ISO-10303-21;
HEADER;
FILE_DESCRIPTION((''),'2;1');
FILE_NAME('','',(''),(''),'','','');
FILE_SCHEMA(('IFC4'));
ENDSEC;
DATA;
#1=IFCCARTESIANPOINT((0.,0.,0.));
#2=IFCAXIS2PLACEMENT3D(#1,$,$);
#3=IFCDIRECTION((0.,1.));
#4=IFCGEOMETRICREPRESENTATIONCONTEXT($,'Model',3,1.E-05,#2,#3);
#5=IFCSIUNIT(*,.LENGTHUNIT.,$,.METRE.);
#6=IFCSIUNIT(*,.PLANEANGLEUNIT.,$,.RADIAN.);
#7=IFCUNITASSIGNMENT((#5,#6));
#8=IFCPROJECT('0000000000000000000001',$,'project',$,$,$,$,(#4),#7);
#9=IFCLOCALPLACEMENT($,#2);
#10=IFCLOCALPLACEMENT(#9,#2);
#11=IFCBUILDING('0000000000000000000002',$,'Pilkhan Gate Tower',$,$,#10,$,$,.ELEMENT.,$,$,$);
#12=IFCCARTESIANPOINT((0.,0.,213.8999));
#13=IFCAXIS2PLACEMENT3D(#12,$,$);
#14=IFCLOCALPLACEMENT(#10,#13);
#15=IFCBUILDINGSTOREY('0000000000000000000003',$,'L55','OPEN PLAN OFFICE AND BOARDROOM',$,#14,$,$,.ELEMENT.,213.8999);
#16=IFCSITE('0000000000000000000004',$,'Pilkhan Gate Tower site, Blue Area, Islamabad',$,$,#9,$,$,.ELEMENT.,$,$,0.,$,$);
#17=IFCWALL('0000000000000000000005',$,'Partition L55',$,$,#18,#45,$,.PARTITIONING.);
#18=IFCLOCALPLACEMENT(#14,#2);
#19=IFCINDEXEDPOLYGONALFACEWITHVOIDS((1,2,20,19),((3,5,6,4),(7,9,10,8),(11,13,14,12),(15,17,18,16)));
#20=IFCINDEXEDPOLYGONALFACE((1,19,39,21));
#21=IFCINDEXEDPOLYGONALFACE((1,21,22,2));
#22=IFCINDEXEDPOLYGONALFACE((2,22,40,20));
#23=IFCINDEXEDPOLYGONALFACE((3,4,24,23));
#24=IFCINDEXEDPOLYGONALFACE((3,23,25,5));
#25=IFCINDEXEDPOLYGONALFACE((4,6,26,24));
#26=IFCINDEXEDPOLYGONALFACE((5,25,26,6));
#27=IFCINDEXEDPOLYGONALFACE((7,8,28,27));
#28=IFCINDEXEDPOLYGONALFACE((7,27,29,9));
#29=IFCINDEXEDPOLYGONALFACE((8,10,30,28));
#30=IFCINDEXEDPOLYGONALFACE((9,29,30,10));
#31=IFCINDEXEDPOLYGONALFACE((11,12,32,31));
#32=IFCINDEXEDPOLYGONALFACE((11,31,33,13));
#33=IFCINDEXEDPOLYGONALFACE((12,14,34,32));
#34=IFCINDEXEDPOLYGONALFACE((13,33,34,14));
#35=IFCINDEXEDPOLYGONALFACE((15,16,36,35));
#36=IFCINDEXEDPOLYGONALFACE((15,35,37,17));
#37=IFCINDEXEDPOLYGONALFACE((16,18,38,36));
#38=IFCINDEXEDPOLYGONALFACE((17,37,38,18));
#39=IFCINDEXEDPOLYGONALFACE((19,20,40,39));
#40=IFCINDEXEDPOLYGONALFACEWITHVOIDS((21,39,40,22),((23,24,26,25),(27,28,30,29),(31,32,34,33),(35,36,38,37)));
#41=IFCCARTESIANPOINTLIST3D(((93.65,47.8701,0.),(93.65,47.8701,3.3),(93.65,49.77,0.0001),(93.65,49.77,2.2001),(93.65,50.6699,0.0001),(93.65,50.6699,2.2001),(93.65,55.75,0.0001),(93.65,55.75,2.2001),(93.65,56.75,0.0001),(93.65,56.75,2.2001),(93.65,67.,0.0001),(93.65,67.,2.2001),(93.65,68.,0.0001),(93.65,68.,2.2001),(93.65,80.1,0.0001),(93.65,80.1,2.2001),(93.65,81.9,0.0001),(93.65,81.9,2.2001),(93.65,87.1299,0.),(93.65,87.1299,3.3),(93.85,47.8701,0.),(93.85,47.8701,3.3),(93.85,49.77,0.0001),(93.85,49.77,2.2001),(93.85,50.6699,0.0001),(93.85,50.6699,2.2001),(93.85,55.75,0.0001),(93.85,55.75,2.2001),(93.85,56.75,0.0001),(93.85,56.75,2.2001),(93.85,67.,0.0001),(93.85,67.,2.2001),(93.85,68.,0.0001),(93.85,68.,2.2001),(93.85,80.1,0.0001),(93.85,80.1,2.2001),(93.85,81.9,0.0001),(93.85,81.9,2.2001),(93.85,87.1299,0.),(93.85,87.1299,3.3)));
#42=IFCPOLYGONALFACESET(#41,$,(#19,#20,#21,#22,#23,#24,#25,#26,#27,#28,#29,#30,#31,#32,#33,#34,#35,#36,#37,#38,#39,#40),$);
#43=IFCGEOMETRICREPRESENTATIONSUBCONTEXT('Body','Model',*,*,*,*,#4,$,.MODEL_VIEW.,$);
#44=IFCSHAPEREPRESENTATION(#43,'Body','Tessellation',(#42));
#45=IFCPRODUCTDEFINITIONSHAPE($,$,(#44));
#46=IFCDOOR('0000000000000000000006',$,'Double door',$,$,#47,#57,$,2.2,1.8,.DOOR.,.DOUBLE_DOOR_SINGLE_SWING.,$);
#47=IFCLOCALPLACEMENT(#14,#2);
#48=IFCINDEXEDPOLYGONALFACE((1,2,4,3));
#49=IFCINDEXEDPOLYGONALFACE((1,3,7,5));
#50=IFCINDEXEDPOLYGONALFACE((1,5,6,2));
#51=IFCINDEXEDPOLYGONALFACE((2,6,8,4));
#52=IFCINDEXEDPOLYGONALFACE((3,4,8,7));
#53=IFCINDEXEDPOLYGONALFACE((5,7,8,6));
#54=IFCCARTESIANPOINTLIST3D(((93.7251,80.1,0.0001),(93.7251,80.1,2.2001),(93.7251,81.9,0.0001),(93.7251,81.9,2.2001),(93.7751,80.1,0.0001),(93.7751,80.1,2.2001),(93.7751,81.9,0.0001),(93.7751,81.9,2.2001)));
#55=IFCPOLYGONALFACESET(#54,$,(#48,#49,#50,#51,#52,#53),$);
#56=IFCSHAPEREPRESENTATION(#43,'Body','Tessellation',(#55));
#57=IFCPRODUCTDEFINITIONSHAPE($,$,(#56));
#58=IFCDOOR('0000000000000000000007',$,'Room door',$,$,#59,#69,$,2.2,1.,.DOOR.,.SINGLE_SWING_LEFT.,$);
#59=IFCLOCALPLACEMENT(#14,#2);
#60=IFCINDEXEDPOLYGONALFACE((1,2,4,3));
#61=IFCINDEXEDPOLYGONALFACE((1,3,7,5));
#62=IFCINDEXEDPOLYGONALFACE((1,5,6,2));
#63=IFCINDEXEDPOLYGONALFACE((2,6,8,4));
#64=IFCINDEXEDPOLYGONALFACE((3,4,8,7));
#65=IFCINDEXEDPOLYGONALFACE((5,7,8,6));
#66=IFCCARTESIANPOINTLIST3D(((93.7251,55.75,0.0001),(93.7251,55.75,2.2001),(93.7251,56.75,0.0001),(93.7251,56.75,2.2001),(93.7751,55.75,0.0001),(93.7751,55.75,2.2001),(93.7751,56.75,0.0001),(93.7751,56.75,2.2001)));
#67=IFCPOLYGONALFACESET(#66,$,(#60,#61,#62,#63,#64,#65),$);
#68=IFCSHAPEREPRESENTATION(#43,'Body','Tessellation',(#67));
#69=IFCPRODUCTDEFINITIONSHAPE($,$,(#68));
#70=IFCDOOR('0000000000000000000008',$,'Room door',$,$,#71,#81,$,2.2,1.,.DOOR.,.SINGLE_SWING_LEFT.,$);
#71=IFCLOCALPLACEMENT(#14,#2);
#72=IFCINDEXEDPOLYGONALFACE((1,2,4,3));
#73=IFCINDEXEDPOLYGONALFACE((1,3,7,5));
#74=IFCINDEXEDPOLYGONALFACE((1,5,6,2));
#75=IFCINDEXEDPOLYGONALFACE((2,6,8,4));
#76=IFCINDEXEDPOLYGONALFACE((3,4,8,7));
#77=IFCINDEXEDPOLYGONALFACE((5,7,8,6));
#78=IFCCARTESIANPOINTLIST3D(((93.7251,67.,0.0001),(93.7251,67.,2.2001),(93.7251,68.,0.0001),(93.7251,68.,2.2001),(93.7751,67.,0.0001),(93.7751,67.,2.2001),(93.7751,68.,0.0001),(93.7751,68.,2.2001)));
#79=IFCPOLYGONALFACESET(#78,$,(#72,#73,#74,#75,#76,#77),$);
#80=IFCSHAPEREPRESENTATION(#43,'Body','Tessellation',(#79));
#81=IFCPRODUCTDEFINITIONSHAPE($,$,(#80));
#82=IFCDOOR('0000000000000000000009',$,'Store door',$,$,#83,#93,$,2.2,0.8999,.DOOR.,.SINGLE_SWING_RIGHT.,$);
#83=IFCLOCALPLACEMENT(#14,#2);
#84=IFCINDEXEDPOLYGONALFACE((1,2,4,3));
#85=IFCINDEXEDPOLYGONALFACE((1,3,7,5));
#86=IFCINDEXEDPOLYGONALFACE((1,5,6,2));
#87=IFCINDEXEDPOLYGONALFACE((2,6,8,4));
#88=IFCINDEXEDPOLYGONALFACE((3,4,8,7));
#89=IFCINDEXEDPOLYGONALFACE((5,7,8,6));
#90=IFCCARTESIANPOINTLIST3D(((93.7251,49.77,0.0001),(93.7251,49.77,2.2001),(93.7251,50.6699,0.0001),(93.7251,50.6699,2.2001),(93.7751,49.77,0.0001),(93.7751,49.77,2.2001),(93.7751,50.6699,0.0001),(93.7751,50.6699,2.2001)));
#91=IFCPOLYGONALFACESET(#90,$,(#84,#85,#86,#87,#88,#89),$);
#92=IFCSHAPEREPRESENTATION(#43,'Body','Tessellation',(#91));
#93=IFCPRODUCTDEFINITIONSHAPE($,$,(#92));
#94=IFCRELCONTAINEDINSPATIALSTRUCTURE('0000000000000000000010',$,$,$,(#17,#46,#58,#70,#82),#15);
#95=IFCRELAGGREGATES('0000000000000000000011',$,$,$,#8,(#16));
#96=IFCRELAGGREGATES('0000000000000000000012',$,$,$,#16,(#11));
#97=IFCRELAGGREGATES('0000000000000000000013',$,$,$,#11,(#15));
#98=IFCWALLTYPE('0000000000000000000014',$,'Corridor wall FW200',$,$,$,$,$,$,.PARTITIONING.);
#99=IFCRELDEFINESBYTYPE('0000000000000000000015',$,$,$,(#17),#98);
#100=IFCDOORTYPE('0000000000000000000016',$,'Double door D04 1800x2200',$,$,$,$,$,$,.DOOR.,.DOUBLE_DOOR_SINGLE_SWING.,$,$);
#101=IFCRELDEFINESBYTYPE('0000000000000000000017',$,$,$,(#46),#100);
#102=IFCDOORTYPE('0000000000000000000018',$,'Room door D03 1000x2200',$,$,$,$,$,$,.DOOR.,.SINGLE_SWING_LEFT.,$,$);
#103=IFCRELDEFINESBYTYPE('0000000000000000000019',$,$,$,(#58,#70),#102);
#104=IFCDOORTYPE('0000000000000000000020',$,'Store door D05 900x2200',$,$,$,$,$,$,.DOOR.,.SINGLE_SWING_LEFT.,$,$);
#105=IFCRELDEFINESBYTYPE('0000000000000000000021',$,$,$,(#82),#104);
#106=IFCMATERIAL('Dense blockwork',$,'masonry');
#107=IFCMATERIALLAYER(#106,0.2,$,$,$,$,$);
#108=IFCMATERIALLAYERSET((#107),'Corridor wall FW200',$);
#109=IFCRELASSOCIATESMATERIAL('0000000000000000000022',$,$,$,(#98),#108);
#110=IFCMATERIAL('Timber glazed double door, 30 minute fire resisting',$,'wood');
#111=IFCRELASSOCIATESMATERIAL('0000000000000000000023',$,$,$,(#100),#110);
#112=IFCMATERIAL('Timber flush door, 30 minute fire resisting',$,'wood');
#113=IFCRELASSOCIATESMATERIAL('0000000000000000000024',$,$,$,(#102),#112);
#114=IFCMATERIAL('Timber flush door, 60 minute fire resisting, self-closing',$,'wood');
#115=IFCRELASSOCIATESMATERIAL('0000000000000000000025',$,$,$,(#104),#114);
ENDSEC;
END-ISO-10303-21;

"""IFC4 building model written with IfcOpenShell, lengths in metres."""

from ifc_helpers import new_model, si_unit, direction, frame, frame_2d, origin, place, context, subcontext, project, spatial, rectangle, extrude, material, layer, layer_set, type_object, element, fill, save


model = new_model("IFC4")

# Units and contexts
model_context = context("Model", 3, precision=1e-05, world=origin(), true_north=direction((0.0, 1.0)))
body_context = subcontext(model_context, "Body", "Model", "MODEL_VIEW")
ifc_project = project(units=[si_unit("LENGTHUNIT", "METRE"), si_unit("PLANEANGLEUNIT", "RADIAN")], contexts=[model_context])

# Site, building, storey
site_placement = place(None, origin())
site = spatial("IfcSite", under=ifc_project, at=site_placement, Name="Pilkhan Gate Tower site, Blue Area, Islamabad", CompositionType="ELEMENT", RefElevation=0.0)
building_placement = place(site_placement, origin())
building = spatial("IfcBuilding", under=site, at=building_placement, Name="Pilkhan Gate Tower", CompositionType="ELEMENT")
storey_placement = place(building_placement, frame((0.0, 0.0, 213.8999)))
storey = spatial("IfcBuildingStorey", under=building, at=storey_placement, Name="L55", Description="OPEN PLAN OFFICE AND BOARDROOM", CompositionType="ELEMENT", Elevation=213.8999)

# Shared definitions
ifc_material_1 = material(Name="Dense blockwork", Category="masonry")
ifc_layer_1 = layer(ifc_material_1, 0.2)
ifc_layer_set_1 = layer_set([ifc_layer_1], Name="Corridor wall FW200")
wall_type = type_object("IfcWallType", Name="Corridor wall FW200", PredefinedType="PARTITIONING", material=ifc_layer_set_1)

# Wall, openings, doors
wall_1_placement = place(storey_placement, frame((93.75, 47.8701, 0.0), z_axis=(0.0, 0.0, 1.0), x_axis=(0.0, 1.0, 0.0)))
wall_1 = element("IfcWall", 1, at=wall_1_placement, inside=storey, type_object=wall_type, Name="Partition L55", PredefinedType="PARTITIONING", context=body_context, shape_type="SweptSolid", body=[
    extrude(rectangle(XDim=39.2598, YDim=0.2, at=frame_2d((19.6299, 0.0))), origin(), (0.0, 0.0, 1.0), 3.3),
])
opening_1_placement = place(wall_1_placement, frame((1.8999, 0.0, 0.0)))
opening_1 = element("IfcOpeningElement", 2, at=opening_1_placement, cuts=wall_1, PredefinedType="OPENING", context=body_context, shape_type="SweptSolid", body=[
    extrude(rectangle(XDim=0.8999, YDim=2.2, at=frame_2d((0.45, 1.1001))), frame((0.0, 0.1099, 0.0), z_axis=(0.0, -1.0, 0.0), x_axis=(1.0, 0.0, 0.0)), (0.0, 0.0, 1.0), 0.22),
])
opening_2_placement = place(wall_1_placement, frame((7.8799, 0.0, 0.0)))
opening_2 = element("IfcOpeningElement", 3, at=opening_2_placement, cuts=wall_1, PredefinedType="OPENING", context=body_context, shape_type="SweptSolid", body=[
    extrude(rectangle(XDim=1.0, YDim=2.2, at=frame_2d((0.5, 1.1001))), frame((0.0, 0.1099, 0.0), z_axis=(0.0, -1.0, 0.0), x_axis=(1.0, 0.0, 0.0)), (0.0, 0.0, 1.0), 0.22),
])
opening_3_placement = place(wall_1_placement, frame((19.1299, 0.0, 0.0)))
opening_3 = element("IfcOpeningElement", 4, at=opening_3_placement, cuts=wall_1, PredefinedType="OPENING", context=body_context, shape_type="SweptSolid", body=[
    extrude(rectangle(XDim=1.0, YDim=2.2, at=frame_2d((0.5, 1.1001))), frame((0.0, 0.1099, 0.0), z_axis=(0.0, -1.0, 0.0), x_axis=(1.0, 0.0, 0.0)), (0.0, 0.0, 1.0), 0.22),
])
opening_4_placement = place(wall_1_placement, frame((32.23, 0.0, 0.0)))
opening_4 = element("IfcOpeningElement", 5, at=opening_4_placement, cuts=wall_1, PredefinedType="OPENING", context=body_context, shape_type="SweptSolid", body=[
    extrude(rectangle(XDim=1.8, YDim=2.2, at=frame_2d((0.8999, 1.1001))), frame((0.0, 0.1099, 0.0), z_axis=(0.0, -1.0, 0.0), x_axis=(1.0, 0.0, 0.0)), (0.0, 0.0, 1.0), 0.22),
])
ifc_material_2 = material(Name="Timber glazed double door, 30 minute fire resisting", Category="wood")
door_type_1 = type_object("IfcDoorType", Name="Double door D04 1800x2200", OperationType="DOUBLE_DOOR_SINGLE_SWING", PredefinedType="DOOR", material=ifc_material_2)
door_1_placement = place(opening_4_placement, origin())
door_1 = element("IfcDoor", 6, at=door_1_placement, inside=storey, type_object=door_type_1, Name="Double door", OperationType="DOUBLE_DOOR_SINGLE_SWING", OverallHeight=2.2, OverallWidth=1.8, PredefinedType="DOOR", context=body_context, shape_type="SweptSolid", body=[
    extrude(rectangle(XDim=1.8, YDim=2.2, at=frame_2d((0.8999, 1.1001))), frame((0.0, 0.0249, 0.0), z_axis=(0.0, -1.0, 0.0), x_axis=(1.0, 0.0, 0.0)), (0.0, 0.0, 1.0), 0.05),
])
fill(opening_4, door_1)
ifc_material_3 = material(Name="Timber flush door, 30 minute fire resisting", Category="wood")
door_type_2 = type_object("IfcDoorType", Name="Room door D03 1000x2200", OperationType="SINGLE_SWING_LEFT", PredefinedType="DOOR", material=ifc_material_3)
door_2_placement = place(opening_2_placement, origin())
door_2 = element("IfcDoor", 7, at=door_2_placement, inside=storey, type_object=door_type_2, Name="Room door", OperationType="SINGLE_SWING_LEFT", OverallHeight=2.2, OverallWidth=1.0, PredefinedType="DOOR", context=body_context, shape_type="SweptSolid", body=[
    extrude(rectangle(XDim=1.0, YDim=2.2, at=frame_2d((0.5, 1.1001))), frame((0.0, 0.0249, 0.0), z_axis=(0.0, -1.0, 0.0), x_axis=(1.0, 0.0, 0.0)), (0.0, 0.0, 1.0), 0.05),
])
fill(opening_2, door_2)
door_3_placement = place(opening_3_placement, origin())
door_3 = element("IfcDoor", 8, at=door_3_placement, inside=storey, type_object=door_type_2, Name="Room door", OperationType="SINGLE_SWING_LEFT", OverallHeight=2.2, OverallWidth=1.0, PredefinedType="DOOR", context=body_context, shape_type="SweptSolid", body=[
    extrude(rectangle(XDim=1.0, YDim=2.2, at=frame_2d((0.5, 1.1001))), frame((0.0, 0.0249, 0.0), z_axis=(0.0, -1.0, 0.0), x_axis=(1.0, 0.0, 0.0)), (0.0, 0.0, 1.0), 0.05),
])
fill(opening_3, door_3)
ifc_material_4 = material(Name="Timber flush door, 60 minute fire resisting, self-closing", Category="wood")
door_type_3 = type_object("IfcDoorType", Name="Store door D05 900x2200", OperationType="SINGLE_SWING_LEFT", PredefinedType="DOOR", material=ifc_material_4)
door_4_placement = place(opening_1_placement, origin())
door_4 = element("IfcDoor", 9, at=door_4_placement, inside=storey, type_object=door_type_3, Name="Store door", OperationType="SINGLE_SWING_RIGHT", OverallHeight=2.2, OverallWidth=0.8999, PredefinedType="DOOR", context=body_context, shape_type="SweptSolid", body=[
    extrude(rectangle(XDim=0.8999, YDim=2.2, at=frame_2d((0.45, 1.1001))), frame((0.0, 0.0249, 0.0), z_axis=(0.0, -1.0, 0.0), x_axis=(1.0, 0.0, 0.0)), (0.0, 0.0, 1.0), 0.05),
])
fill(opening_1, door_4)

save(model, "model.ifc")
